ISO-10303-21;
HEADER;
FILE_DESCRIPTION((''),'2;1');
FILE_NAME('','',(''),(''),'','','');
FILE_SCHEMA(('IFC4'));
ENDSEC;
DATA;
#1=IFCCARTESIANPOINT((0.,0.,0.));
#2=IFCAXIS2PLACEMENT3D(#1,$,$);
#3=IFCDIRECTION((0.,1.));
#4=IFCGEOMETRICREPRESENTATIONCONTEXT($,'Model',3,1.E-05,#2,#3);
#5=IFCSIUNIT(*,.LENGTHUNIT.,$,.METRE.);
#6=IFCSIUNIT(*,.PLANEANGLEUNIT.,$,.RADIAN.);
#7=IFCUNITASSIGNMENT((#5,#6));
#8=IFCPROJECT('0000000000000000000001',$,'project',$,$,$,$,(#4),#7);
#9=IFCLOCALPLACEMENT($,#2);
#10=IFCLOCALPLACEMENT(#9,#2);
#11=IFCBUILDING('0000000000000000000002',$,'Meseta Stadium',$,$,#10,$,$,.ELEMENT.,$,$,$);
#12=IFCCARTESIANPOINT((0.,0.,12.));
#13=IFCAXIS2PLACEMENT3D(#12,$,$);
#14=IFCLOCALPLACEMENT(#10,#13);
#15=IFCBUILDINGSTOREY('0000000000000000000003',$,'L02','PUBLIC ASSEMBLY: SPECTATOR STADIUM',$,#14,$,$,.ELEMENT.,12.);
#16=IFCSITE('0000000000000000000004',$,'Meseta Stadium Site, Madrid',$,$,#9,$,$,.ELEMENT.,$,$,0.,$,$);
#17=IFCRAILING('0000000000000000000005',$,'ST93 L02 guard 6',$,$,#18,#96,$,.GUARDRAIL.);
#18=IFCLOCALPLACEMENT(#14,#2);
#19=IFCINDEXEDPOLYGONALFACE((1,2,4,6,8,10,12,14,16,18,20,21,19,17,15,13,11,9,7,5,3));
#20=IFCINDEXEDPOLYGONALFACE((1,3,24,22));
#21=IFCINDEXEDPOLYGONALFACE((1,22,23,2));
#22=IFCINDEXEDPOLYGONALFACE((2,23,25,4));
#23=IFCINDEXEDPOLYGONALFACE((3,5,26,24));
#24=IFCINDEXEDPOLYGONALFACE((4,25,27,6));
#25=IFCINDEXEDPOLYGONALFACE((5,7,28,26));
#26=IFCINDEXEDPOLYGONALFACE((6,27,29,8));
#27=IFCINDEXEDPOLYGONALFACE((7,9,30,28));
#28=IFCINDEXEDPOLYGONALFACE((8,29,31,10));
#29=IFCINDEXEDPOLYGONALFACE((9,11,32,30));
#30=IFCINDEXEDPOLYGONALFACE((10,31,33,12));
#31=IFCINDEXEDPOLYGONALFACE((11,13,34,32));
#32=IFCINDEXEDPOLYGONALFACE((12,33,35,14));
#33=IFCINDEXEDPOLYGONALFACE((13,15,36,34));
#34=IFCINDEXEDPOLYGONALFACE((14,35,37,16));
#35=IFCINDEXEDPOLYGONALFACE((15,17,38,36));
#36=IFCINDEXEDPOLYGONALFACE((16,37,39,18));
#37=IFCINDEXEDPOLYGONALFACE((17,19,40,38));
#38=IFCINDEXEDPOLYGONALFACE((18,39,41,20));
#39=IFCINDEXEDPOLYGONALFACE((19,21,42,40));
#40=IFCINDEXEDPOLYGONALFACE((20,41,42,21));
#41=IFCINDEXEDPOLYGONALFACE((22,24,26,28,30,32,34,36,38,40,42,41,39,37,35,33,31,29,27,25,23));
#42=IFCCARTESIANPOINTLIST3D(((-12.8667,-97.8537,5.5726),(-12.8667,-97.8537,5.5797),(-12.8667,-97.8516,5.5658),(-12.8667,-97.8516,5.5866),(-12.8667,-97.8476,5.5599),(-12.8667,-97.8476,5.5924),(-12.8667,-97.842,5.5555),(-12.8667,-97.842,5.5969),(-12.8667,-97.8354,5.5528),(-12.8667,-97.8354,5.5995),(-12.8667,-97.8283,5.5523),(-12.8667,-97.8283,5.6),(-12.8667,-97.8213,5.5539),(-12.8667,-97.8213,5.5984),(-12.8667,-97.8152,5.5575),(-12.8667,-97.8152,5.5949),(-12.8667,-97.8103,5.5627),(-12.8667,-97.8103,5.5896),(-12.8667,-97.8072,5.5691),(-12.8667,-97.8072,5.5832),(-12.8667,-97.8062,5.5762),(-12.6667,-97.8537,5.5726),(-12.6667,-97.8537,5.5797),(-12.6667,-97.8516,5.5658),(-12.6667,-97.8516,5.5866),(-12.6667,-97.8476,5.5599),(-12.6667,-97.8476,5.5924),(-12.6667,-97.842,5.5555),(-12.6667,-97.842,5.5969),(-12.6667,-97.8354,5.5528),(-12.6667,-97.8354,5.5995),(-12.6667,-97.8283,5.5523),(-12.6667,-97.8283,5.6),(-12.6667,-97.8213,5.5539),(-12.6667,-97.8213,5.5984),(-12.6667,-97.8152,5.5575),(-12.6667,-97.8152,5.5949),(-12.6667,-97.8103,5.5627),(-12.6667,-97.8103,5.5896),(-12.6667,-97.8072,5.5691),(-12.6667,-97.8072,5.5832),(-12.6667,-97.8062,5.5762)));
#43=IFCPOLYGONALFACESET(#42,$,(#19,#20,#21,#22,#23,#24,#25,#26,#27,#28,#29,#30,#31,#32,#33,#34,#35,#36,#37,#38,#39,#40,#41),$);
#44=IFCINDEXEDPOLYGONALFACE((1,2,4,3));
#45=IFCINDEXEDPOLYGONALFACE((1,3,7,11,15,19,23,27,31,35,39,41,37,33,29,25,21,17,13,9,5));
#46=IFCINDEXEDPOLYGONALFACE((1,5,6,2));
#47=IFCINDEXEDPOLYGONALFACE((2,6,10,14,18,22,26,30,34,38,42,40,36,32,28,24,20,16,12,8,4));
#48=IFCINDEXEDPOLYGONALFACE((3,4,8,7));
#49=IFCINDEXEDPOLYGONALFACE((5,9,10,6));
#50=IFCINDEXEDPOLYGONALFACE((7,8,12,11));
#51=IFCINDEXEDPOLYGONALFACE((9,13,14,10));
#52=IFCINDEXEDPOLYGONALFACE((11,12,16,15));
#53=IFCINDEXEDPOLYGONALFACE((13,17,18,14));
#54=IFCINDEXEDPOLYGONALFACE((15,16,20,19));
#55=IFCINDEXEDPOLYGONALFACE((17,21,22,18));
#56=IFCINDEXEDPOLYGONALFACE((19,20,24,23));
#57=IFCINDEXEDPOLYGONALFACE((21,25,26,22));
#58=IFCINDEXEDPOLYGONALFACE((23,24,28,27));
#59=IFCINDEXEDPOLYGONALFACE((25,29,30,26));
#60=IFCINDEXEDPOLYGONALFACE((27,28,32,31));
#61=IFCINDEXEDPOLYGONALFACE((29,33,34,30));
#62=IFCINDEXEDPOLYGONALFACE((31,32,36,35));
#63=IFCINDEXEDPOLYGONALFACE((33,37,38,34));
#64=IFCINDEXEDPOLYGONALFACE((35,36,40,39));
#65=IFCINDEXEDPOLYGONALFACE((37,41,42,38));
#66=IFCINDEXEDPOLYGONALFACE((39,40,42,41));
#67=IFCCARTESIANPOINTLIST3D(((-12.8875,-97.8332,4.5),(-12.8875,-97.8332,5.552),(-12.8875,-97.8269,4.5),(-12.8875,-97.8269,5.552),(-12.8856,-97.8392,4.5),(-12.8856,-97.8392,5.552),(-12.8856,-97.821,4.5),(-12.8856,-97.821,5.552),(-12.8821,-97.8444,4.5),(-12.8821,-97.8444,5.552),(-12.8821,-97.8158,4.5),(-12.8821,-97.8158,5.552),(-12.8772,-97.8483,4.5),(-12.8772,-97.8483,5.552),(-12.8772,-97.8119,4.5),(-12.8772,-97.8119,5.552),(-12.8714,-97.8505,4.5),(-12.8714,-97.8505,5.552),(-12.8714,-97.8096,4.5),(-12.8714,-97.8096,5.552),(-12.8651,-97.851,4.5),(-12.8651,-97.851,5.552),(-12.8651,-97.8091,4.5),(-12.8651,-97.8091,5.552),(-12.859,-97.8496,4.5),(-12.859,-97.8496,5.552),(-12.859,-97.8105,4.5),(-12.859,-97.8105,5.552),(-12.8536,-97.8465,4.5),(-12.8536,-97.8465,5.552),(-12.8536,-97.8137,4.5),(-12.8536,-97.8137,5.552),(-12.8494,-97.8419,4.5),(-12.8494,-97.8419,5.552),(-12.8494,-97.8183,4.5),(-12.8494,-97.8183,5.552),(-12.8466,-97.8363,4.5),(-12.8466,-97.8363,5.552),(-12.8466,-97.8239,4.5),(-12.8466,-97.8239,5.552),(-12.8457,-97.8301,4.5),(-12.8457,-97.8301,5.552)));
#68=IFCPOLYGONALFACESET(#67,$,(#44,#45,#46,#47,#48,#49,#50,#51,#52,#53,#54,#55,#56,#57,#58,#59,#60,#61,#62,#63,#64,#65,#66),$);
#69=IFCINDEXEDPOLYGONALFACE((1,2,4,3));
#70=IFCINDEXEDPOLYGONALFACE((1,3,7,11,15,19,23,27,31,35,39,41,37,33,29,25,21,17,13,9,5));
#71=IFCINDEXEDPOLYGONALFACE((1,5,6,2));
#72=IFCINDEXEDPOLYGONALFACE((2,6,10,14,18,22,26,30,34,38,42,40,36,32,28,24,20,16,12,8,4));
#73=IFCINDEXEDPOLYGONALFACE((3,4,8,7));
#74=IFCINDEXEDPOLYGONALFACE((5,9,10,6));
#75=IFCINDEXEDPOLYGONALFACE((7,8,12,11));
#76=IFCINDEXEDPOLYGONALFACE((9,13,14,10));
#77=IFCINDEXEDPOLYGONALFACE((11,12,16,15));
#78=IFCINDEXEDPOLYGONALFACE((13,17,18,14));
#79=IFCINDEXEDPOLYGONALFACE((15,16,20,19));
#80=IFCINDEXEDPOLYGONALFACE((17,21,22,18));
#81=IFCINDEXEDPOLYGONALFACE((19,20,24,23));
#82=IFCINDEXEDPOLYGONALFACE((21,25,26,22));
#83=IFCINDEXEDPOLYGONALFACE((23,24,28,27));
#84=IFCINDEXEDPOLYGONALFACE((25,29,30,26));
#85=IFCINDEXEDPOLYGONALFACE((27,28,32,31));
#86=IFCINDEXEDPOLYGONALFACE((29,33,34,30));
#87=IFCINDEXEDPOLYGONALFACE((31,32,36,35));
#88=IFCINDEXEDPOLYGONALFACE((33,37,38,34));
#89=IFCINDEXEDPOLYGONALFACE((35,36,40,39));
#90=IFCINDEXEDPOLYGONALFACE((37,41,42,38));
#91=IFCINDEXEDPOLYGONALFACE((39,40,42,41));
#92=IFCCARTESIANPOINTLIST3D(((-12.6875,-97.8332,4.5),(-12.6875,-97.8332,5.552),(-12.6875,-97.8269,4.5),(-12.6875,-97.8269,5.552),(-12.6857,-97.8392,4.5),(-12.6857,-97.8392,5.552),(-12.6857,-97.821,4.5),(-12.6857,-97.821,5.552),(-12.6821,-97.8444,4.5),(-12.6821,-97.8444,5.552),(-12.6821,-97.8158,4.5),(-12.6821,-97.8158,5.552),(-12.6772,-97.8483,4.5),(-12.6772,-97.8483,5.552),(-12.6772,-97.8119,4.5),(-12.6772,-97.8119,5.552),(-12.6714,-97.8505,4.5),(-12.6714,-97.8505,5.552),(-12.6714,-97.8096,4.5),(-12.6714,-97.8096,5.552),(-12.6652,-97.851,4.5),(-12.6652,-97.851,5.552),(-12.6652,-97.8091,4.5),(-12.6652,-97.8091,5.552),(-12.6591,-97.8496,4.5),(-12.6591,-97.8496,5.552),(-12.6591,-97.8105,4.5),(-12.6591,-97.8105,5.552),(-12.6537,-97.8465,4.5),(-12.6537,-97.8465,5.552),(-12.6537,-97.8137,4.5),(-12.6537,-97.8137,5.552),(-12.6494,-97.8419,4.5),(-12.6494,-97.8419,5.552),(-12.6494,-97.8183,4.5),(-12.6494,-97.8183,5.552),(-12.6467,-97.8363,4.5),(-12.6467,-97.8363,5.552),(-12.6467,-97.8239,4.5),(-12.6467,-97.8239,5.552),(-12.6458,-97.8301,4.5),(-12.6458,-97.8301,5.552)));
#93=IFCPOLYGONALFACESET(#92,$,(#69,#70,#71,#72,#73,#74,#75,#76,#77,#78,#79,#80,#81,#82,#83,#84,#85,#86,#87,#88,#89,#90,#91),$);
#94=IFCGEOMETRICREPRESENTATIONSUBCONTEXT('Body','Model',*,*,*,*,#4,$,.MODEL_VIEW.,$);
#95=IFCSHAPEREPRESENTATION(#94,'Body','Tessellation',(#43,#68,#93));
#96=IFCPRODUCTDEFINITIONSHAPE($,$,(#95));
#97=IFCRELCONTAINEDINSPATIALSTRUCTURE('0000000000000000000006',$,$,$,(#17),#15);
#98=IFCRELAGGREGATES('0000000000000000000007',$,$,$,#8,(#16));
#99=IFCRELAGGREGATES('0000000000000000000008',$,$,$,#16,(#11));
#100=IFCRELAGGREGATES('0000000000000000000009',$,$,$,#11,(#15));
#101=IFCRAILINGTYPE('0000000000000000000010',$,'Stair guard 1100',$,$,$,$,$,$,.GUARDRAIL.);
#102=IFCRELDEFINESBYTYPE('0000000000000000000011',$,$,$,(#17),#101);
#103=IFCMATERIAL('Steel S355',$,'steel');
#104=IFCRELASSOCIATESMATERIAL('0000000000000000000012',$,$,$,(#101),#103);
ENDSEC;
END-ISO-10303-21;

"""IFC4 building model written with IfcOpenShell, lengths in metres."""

from ifc_helpers import new_model, si_unit, direction, frame, origin, origin_2d, place, context, subcontext, project, spatial, circle, extrude, material, type_object, element, save


model = new_model("IFC4")

# Units and contexts
model_context = context("Model", 3, precision=1e-05, world=origin(), true_north=direction((0.0, 1.0)))
body_context = subcontext(model_context, "Body", "Model", "MODEL_VIEW")
ifc_project = project(units=[si_unit("LENGTHUNIT", "METRE"), si_unit("PLANEANGLEUNIT", "RADIAN")], contexts=[model_context])

# Site, building, storey
site_placement = place(None, origin())
site = spatial("IfcSite", under=ifc_project, at=site_placement, Name="Meseta Stadium Site, Madrid", CompositionType="ELEMENT", RefElevation=0.0)
building_placement = place(site_placement, origin())
building = spatial("IfcBuilding", under=site, at=building_placement, Name="Meseta Stadium", CompositionType="ELEMENT")
storey_placement = place(building_placement, frame((0.0, 0.0, 12.0)))
storey = spatial("IfcBuildingStorey", under=building, at=storey_placement, Name="L02", Description="PUBLIC ASSEMBLY: SPECTATOR STADIUM", CompositionType="ELEMENT", Elevation=12.0)

# Railing
ifc_material_1 = material(Name="Steel S355", Category="steel")
railing_type_1 = type_object("IfcRailingType", Name="Stair guard 1100", PredefinedType="GUARDRAIL", material=ifc_material_1)
railing_1_placement = place(storey_placement, frame((-12.8667, -97.8301, 4.5)))
element("IfcRailing", 1, at=railing_1_placement, inside=storey, type_object=railing_type_1, Name="ST93 L02 guard 6", PredefinedType="GUARDRAIL", context=body_context, shape_type="SweptSolid", body=[
    extrude(circle(Radius=0.0239, at=origin_2d()), frame((0.0, 0.0, 1.0762), z_axis=(1.0, 0.0, 0.0), x_axis=(0.0, 1.0, 0.0)), (0.0, 0.0, 1.0), 0.2),
    extrude(circle(Radius=0.021, at=origin_2d()), origin(), (0.0, 0.0, 1.0), 1.052),
    extrude(circle(Radius=0.021, at=origin_2d()), frame((0.2, 0.0, 0.0)), (0.0, 0.0, 1.0), 1.052),
])

save(model, "model.ifc")
